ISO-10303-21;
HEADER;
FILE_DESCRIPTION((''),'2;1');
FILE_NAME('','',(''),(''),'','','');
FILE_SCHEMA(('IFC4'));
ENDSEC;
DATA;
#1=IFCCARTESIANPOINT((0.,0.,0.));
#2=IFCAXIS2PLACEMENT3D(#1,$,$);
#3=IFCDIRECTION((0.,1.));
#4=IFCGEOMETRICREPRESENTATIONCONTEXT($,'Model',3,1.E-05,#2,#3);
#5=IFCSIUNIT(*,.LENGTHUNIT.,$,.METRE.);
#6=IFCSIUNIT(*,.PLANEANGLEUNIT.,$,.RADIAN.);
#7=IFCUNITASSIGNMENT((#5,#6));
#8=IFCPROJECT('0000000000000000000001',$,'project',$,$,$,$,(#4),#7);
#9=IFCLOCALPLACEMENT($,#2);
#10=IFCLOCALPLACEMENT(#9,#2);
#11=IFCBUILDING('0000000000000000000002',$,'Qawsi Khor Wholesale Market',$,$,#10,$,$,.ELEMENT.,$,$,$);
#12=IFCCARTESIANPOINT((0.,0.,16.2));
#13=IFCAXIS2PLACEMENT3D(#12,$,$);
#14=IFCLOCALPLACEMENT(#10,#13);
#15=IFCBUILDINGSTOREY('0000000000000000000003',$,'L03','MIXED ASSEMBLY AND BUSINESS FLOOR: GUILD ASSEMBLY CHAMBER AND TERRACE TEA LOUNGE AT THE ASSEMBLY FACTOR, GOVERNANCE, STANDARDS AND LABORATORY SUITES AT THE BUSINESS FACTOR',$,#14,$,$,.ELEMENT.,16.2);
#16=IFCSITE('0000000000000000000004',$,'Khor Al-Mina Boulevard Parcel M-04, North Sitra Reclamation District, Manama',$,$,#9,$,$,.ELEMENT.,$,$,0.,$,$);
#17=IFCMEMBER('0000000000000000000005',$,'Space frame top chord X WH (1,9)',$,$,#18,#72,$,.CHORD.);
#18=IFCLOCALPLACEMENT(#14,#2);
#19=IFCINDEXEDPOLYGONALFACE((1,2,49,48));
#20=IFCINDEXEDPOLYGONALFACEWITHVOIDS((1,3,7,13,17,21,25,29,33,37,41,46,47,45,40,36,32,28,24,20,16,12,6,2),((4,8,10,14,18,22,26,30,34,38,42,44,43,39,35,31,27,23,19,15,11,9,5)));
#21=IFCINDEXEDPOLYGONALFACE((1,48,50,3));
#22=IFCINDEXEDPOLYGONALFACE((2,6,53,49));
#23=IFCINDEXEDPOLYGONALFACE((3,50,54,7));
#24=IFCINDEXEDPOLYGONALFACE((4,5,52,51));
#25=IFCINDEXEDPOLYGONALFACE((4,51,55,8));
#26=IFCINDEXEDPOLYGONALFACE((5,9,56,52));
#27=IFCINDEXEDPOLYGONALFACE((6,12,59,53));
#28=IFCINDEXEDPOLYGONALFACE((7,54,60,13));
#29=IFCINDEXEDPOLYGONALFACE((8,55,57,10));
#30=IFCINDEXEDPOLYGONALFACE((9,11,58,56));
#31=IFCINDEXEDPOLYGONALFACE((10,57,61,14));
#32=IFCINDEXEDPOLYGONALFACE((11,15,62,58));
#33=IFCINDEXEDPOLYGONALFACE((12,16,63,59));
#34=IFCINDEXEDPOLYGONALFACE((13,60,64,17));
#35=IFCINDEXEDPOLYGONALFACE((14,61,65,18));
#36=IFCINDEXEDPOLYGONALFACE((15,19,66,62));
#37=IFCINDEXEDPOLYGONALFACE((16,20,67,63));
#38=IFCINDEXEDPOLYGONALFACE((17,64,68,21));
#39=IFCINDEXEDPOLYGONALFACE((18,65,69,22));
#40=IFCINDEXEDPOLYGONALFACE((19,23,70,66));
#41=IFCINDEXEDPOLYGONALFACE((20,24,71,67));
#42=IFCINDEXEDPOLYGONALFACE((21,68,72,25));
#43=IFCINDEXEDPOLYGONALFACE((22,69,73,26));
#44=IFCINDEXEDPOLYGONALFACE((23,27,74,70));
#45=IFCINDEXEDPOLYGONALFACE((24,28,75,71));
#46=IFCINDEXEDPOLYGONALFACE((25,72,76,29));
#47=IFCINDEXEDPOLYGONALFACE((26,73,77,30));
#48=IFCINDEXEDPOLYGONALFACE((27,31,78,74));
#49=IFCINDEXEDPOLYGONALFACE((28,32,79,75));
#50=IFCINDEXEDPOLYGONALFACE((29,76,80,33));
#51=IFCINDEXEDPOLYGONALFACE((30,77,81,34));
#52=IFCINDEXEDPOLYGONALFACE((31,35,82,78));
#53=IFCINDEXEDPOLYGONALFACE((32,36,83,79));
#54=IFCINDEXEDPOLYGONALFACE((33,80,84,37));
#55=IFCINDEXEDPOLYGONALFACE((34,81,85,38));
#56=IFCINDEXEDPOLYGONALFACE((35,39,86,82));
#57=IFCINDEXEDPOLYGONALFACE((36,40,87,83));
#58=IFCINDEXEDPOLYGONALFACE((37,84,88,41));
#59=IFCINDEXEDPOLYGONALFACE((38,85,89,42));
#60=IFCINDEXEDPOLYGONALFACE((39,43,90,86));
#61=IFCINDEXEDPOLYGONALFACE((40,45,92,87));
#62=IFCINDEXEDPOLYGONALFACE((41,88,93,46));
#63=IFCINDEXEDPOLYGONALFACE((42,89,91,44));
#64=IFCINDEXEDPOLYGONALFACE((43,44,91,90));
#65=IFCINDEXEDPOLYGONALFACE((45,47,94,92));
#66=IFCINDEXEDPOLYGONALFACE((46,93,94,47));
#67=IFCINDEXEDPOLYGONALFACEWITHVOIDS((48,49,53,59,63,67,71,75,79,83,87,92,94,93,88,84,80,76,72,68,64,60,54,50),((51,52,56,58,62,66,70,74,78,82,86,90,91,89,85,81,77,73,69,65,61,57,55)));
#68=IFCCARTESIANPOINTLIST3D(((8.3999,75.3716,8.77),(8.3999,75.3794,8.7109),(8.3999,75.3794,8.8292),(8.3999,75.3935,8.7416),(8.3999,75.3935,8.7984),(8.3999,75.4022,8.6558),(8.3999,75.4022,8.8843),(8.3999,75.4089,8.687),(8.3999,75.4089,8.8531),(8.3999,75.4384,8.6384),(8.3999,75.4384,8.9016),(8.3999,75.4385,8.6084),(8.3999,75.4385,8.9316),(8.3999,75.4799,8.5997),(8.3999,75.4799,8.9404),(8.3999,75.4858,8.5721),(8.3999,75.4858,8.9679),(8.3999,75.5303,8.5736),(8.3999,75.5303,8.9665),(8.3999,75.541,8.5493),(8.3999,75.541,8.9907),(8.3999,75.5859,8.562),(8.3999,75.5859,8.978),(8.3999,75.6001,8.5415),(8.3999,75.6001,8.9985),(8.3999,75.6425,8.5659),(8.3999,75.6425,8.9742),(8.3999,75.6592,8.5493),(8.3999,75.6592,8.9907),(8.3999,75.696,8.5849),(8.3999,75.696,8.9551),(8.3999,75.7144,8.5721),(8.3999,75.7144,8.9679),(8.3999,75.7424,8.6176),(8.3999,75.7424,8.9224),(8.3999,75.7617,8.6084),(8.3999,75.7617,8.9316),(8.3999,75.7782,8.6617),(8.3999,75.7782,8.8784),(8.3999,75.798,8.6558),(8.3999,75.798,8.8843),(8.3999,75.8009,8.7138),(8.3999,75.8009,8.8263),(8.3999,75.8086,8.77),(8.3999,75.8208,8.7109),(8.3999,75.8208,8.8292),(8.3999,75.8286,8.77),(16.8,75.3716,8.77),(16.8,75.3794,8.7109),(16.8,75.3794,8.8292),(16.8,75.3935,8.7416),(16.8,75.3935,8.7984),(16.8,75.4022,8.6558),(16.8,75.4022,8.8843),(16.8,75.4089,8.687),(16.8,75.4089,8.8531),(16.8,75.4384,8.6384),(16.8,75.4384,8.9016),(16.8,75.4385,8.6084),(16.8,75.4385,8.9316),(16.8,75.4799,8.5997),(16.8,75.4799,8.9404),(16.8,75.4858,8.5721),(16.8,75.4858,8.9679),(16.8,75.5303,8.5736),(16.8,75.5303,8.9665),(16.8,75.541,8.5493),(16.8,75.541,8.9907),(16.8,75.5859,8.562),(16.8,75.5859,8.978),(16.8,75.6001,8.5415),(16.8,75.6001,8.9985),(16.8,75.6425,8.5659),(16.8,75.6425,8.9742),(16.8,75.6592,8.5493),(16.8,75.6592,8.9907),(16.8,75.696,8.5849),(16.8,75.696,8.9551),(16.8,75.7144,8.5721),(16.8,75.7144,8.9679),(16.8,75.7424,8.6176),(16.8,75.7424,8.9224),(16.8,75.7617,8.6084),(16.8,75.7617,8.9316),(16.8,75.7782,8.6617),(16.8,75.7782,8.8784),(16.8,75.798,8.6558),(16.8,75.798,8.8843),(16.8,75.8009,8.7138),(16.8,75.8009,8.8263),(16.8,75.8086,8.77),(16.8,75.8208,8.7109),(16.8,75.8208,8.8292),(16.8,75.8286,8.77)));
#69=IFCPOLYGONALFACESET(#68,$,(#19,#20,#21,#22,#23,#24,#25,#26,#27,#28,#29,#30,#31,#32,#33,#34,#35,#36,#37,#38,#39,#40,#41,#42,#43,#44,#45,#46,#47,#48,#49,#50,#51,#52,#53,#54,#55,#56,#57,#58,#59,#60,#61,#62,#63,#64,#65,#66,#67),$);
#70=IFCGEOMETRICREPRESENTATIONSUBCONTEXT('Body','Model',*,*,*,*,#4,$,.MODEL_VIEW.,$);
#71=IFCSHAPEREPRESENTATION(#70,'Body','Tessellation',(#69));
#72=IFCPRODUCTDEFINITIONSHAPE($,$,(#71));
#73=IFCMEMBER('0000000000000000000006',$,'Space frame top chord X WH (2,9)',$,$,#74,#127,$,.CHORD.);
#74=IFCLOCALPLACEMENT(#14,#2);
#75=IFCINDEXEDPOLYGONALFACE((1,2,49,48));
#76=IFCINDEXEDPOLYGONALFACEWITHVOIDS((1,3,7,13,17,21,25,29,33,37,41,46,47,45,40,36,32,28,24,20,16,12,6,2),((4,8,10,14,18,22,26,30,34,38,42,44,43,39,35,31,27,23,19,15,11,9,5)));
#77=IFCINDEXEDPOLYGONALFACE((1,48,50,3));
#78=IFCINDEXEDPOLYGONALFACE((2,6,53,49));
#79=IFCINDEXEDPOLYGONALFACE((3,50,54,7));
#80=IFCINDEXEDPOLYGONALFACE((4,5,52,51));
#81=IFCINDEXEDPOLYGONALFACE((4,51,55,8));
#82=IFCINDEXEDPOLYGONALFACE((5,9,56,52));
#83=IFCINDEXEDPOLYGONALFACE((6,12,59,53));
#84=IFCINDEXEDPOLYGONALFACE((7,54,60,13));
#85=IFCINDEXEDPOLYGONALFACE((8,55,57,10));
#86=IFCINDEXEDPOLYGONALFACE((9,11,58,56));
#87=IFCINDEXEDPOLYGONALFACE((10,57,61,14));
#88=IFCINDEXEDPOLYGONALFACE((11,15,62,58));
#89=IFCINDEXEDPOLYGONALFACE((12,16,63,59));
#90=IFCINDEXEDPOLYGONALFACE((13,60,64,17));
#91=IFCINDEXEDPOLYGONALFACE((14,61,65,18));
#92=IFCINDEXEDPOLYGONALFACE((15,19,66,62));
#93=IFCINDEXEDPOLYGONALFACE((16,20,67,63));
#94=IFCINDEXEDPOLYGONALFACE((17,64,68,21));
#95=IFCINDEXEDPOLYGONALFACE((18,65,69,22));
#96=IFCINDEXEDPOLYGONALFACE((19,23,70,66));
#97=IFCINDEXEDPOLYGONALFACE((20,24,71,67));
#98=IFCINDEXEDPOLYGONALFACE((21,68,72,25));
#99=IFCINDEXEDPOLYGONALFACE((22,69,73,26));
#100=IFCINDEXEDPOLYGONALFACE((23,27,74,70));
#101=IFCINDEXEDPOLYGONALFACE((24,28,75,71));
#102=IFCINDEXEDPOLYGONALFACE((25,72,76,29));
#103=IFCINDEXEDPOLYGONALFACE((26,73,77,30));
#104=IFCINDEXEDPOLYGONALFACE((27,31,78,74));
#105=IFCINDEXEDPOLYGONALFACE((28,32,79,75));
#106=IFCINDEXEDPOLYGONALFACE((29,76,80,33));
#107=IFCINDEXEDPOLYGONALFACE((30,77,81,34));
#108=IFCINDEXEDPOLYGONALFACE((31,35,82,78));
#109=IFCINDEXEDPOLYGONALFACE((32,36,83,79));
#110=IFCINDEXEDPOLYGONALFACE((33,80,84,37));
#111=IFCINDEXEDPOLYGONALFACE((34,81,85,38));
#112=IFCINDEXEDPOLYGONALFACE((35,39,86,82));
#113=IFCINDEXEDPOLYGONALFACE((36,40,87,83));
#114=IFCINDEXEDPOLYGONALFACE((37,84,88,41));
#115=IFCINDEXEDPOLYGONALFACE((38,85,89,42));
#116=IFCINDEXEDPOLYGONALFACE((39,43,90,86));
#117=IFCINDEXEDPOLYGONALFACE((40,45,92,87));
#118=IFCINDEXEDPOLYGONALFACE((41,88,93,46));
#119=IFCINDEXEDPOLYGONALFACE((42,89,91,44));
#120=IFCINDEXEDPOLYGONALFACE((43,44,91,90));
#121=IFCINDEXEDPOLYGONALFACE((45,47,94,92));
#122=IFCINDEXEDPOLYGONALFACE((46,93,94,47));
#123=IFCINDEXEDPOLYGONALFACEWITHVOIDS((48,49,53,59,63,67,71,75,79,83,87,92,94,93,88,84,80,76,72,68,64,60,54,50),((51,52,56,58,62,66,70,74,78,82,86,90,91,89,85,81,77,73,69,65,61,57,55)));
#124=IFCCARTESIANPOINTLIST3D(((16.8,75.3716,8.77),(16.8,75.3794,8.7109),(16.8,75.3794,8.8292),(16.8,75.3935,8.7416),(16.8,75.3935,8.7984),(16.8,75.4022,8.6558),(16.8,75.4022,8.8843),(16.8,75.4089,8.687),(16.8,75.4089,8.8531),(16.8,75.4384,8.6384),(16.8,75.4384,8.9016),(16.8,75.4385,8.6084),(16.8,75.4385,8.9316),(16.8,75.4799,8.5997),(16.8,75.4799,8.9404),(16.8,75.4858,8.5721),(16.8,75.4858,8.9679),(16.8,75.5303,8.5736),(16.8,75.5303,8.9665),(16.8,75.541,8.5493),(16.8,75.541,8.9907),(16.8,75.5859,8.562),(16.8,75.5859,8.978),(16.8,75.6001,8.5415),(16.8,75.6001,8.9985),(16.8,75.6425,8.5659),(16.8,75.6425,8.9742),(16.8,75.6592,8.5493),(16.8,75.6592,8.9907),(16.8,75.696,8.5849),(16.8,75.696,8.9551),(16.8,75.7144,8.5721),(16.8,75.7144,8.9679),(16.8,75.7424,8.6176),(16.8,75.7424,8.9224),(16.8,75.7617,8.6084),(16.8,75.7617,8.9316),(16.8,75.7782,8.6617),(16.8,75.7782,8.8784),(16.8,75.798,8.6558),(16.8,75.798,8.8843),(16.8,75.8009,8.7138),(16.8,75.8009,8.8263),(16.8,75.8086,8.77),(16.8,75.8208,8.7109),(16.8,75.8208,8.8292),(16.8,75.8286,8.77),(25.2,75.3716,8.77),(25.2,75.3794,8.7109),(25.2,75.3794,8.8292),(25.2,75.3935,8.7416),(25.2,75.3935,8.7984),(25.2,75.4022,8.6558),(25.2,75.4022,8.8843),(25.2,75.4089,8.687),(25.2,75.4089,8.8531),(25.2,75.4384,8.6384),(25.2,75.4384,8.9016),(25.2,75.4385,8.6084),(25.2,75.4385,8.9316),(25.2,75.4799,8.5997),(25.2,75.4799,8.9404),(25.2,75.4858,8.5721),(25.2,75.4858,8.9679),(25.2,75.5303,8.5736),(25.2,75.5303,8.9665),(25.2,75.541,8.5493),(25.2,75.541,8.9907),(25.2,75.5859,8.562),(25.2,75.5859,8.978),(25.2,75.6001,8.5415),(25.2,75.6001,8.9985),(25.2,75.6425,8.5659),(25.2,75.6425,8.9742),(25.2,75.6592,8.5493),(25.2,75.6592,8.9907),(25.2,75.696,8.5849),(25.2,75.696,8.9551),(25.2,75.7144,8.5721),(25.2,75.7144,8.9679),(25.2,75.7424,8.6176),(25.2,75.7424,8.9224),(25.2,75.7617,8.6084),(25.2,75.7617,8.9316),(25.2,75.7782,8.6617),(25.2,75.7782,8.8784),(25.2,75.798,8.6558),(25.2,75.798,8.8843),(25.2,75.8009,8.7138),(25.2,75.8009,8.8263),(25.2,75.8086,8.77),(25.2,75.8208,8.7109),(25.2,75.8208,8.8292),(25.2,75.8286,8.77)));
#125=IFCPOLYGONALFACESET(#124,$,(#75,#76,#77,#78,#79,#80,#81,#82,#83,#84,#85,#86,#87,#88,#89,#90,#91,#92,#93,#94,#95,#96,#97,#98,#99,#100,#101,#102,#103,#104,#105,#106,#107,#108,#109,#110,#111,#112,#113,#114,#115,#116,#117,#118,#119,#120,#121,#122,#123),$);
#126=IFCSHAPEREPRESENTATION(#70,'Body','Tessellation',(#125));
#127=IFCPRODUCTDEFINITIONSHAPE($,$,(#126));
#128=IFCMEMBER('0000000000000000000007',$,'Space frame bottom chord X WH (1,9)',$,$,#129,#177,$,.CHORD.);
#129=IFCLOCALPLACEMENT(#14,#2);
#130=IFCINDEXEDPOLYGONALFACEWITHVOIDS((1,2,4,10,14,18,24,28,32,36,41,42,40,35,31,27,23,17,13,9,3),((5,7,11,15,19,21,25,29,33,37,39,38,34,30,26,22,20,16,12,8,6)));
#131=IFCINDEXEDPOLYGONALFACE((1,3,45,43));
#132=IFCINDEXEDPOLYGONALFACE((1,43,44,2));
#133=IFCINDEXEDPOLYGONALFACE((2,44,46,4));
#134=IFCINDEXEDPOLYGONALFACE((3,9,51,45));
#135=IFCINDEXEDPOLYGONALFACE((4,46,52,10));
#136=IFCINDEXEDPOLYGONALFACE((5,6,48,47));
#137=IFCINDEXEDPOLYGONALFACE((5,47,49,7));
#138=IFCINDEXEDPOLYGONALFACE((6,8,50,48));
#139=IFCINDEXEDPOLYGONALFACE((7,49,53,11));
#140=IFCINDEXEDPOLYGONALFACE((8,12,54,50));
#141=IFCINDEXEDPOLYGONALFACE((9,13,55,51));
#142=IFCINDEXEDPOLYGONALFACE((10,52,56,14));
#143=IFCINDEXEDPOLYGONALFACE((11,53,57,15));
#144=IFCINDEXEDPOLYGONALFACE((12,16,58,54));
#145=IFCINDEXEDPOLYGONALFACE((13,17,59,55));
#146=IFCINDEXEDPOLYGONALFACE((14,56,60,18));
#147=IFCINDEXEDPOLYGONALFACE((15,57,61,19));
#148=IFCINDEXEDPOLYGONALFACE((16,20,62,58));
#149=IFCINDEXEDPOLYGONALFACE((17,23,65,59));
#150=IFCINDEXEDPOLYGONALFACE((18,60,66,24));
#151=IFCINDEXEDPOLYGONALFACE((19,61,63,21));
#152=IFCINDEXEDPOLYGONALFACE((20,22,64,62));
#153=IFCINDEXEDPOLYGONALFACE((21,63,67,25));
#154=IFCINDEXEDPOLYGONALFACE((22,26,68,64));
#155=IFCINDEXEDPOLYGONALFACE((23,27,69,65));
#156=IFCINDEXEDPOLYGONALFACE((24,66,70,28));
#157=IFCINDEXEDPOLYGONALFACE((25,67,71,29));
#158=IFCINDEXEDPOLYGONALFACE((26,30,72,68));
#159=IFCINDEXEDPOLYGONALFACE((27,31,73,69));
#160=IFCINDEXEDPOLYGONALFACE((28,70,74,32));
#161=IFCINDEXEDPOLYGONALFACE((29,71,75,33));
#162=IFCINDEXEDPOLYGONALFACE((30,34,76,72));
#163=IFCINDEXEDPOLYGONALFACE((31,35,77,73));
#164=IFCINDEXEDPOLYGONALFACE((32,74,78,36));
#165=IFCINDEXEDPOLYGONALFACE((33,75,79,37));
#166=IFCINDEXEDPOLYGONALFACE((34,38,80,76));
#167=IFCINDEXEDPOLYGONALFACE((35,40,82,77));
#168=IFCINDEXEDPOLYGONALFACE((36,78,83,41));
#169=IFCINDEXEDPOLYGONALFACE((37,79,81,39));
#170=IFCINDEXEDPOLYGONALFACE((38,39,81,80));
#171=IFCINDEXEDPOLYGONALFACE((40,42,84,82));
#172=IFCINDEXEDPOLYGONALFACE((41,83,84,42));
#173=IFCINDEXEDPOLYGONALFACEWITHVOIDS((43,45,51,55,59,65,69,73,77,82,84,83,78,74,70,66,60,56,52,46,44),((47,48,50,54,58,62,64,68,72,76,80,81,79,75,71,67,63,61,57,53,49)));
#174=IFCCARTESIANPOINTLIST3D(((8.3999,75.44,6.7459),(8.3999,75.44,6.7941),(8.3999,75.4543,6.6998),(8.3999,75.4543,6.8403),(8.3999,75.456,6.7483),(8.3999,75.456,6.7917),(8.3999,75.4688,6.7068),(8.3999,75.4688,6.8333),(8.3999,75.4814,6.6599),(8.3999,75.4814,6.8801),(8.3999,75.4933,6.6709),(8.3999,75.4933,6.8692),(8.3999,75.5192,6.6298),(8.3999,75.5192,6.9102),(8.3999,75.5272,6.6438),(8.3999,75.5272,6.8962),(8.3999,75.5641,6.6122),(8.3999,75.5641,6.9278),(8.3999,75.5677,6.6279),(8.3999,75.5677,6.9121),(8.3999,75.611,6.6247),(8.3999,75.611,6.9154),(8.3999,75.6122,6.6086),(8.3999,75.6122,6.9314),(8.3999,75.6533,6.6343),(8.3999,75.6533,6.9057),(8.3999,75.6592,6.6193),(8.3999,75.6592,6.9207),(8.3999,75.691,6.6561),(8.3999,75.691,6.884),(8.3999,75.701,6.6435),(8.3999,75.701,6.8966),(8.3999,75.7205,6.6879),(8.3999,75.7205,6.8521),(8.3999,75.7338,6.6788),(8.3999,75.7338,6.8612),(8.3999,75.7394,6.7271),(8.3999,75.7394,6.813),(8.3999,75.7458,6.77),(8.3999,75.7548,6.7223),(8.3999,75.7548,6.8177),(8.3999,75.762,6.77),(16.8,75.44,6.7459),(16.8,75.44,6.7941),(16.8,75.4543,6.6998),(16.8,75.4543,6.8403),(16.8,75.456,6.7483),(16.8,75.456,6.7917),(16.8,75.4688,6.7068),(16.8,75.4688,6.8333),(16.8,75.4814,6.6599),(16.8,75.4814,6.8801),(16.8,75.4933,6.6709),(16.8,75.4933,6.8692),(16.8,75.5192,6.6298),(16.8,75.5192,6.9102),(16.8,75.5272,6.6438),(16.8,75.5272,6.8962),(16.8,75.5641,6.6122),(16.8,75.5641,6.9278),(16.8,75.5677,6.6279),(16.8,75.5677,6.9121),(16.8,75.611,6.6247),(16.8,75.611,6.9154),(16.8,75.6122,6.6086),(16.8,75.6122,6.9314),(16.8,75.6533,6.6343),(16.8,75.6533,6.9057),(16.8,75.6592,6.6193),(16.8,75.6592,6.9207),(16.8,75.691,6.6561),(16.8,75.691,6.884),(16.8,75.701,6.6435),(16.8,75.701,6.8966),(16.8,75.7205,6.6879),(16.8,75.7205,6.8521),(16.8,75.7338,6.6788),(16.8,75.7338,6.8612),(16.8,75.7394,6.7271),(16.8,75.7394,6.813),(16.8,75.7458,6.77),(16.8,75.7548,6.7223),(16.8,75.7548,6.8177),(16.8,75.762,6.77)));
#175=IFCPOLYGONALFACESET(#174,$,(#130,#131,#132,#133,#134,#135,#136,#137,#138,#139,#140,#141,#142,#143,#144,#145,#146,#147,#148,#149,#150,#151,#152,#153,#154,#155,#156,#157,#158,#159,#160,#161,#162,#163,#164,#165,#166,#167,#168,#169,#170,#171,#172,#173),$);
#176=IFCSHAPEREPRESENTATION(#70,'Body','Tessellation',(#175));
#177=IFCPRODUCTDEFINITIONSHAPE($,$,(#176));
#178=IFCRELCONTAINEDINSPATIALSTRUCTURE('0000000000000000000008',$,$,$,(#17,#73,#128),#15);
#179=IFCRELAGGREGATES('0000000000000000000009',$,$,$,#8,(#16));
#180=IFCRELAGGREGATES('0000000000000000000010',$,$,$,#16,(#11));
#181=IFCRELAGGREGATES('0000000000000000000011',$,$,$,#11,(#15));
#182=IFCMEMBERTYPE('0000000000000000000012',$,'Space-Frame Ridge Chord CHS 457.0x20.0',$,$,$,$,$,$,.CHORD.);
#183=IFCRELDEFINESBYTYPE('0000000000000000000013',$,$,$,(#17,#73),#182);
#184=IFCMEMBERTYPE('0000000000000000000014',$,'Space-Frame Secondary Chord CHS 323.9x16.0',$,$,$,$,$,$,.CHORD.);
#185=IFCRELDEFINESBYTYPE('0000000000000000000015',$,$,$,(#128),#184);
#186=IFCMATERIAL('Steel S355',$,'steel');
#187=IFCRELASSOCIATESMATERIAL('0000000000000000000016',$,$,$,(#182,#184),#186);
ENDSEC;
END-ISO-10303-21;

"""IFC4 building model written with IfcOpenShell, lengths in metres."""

from ifc_helpers import new_model, si_unit, direction, frame, origin, origin_2d, place, context, subcontext, project, spatial, hollow_circle, extrude, material, material_profile, profile_set, type_object, element, save


model = new_model("IFC4")

# Units and contexts
model_context = context("Model", 3, precision=1e-05, world=origin(), true_north=direction((0.0, 1.0)))
body_context = subcontext(model_context, "Body", "Model", "MODEL_VIEW")
ifc_project = project(units=[si_unit("LENGTHUNIT", "METRE"), si_unit("PLANEANGLEUNIT", "RADIAN")], contexts=[model_context])

# Site, building, storey
site_placement = place(None, origin())
site = spatial("IfcSite", under=ifc_project, at=site_placement, Name="Khor Al-Mina Boulevard Parcel M-04, North Sitra Reclamation District, Manama", CompositionType="ELEMENT", RefElevation=0.0)
building_placement = place(site_placement, origin())
building = spatial("IfcBuilding", under=site, at=building_placement, Name="Qawsi Khor Wholesale Market", CompositionType="ELEMENT")
storey_placement = place(building_placement, frame((0.0, 0.0, 16.2)))
storey = spatial("IfcBuildingStorey", under=building, at=storey_placement, Name="L03", Description="MIXED ASSEMBLY AND BUSINESS FLOOR: GUILD ASSEMBLY CHAMBER AND TERRACE TEA LOUNGE AT THE ASSEMBLY FACTOR, GOVERNANCE, STANDARDS AND LABORATORY SUITES AT THE BUSINESS FACTOR", CompositionType="ELEMENT", Elevation=16.2)

# Members
ifc_material_1 = material(Name="Steel S355", Category="steel")
ifc_material_profile_1 = material_profile(ifc_material_1, hollow_circle(Radius=0.2285, WallThickness=0.02, at=origin_2d()), Name="CHS 457.0x20.0")
ifc_profile_set_1 = profile_set([ifc_material_profile_1], Name="Steel S355")
member_type_1 = type_object("IfcMemberType", Name="Space-Frame Ridge Chord CHS 457.0x20.0", PredefinedType="CHORD", material=ifc_profile_set_1)
member_1_placement = place(storey_placement, frame((8.3999, 75.6001, 8.77), z_axis=(1.0, 0.0, 0.0), x_axis=(0.0, 1.0, 0.0)))
element("IfcMember", 1, at=member_1_placement, inside=storey, type_object=member_type_1, Name="Space frame top chord X WH (1,9)", PredefinedType="CHORD", context=body_context, shape_type="SweptSolid", body=[
    extrude(hollow_circle(Radius=0.2285, WallThickness=0.02, at=origin_2d()), origin(), (0.0, 0.0, 1.0), 8.4001),
])
member_2_placement = place(storey_placement, frame((16.8, 75.6001, 8.77), z_axis=(1.0, 0.0, 0.0), x_axis=(0.0, 1.0, 0.0)))
element("IfcMember", 2, at=member_2_placement, inside=storey, type_object=member_type_1, Name="Space frame top chord X WH (2,9)", PredefinedType="CHORD", context=body_context, shape_type="SweptSolid", body=[
    extrude(hollow_circle(Radius=0.2285, WallThickness=0.02, at=origin_2d()), origin(), (0.0, 0.0, 1.0), 8.3999),
])
ifc_material_profile_2 = material_profile(ifc_material_1, hollow_circle(Radius=0.1619, WallThickness=0.0161, at=origin_2d()), Name="CHS 323.9x16.0")
ifc_profile_set_2 = profile_set([ifc_material_profile_2], Name="Steel S355")
member_type_2 = type_object("IfcMemberType", Name="Space-Frame Secondary Chord CHS 323.9x16.0", PredefinedType="CHORD", material=ifc_profile_set_2)
member_3_placement = place(storey_placement, frame((8.3999, 75.6001, 6.77), z_axis=(1.0, 0.0, 0.0), x_axis=(0.0, 1.0, 0.0)))
element("IfcMember", 3, at=member_3_placement, inside=storey, type_object=member_type_2, Name="Space frame bottom chord X WH (1,9)", PredefinedType="CHORD", context=body_context, shape_type="SweptSolid", body=[
    extrude(hollow_circle(Radius=0.1619, WallThickness=0.0161, at=origin_2d()), origin(), (0.0, 0.0, 1.0), 8.4001),
])

save(model, "model.ifc")
